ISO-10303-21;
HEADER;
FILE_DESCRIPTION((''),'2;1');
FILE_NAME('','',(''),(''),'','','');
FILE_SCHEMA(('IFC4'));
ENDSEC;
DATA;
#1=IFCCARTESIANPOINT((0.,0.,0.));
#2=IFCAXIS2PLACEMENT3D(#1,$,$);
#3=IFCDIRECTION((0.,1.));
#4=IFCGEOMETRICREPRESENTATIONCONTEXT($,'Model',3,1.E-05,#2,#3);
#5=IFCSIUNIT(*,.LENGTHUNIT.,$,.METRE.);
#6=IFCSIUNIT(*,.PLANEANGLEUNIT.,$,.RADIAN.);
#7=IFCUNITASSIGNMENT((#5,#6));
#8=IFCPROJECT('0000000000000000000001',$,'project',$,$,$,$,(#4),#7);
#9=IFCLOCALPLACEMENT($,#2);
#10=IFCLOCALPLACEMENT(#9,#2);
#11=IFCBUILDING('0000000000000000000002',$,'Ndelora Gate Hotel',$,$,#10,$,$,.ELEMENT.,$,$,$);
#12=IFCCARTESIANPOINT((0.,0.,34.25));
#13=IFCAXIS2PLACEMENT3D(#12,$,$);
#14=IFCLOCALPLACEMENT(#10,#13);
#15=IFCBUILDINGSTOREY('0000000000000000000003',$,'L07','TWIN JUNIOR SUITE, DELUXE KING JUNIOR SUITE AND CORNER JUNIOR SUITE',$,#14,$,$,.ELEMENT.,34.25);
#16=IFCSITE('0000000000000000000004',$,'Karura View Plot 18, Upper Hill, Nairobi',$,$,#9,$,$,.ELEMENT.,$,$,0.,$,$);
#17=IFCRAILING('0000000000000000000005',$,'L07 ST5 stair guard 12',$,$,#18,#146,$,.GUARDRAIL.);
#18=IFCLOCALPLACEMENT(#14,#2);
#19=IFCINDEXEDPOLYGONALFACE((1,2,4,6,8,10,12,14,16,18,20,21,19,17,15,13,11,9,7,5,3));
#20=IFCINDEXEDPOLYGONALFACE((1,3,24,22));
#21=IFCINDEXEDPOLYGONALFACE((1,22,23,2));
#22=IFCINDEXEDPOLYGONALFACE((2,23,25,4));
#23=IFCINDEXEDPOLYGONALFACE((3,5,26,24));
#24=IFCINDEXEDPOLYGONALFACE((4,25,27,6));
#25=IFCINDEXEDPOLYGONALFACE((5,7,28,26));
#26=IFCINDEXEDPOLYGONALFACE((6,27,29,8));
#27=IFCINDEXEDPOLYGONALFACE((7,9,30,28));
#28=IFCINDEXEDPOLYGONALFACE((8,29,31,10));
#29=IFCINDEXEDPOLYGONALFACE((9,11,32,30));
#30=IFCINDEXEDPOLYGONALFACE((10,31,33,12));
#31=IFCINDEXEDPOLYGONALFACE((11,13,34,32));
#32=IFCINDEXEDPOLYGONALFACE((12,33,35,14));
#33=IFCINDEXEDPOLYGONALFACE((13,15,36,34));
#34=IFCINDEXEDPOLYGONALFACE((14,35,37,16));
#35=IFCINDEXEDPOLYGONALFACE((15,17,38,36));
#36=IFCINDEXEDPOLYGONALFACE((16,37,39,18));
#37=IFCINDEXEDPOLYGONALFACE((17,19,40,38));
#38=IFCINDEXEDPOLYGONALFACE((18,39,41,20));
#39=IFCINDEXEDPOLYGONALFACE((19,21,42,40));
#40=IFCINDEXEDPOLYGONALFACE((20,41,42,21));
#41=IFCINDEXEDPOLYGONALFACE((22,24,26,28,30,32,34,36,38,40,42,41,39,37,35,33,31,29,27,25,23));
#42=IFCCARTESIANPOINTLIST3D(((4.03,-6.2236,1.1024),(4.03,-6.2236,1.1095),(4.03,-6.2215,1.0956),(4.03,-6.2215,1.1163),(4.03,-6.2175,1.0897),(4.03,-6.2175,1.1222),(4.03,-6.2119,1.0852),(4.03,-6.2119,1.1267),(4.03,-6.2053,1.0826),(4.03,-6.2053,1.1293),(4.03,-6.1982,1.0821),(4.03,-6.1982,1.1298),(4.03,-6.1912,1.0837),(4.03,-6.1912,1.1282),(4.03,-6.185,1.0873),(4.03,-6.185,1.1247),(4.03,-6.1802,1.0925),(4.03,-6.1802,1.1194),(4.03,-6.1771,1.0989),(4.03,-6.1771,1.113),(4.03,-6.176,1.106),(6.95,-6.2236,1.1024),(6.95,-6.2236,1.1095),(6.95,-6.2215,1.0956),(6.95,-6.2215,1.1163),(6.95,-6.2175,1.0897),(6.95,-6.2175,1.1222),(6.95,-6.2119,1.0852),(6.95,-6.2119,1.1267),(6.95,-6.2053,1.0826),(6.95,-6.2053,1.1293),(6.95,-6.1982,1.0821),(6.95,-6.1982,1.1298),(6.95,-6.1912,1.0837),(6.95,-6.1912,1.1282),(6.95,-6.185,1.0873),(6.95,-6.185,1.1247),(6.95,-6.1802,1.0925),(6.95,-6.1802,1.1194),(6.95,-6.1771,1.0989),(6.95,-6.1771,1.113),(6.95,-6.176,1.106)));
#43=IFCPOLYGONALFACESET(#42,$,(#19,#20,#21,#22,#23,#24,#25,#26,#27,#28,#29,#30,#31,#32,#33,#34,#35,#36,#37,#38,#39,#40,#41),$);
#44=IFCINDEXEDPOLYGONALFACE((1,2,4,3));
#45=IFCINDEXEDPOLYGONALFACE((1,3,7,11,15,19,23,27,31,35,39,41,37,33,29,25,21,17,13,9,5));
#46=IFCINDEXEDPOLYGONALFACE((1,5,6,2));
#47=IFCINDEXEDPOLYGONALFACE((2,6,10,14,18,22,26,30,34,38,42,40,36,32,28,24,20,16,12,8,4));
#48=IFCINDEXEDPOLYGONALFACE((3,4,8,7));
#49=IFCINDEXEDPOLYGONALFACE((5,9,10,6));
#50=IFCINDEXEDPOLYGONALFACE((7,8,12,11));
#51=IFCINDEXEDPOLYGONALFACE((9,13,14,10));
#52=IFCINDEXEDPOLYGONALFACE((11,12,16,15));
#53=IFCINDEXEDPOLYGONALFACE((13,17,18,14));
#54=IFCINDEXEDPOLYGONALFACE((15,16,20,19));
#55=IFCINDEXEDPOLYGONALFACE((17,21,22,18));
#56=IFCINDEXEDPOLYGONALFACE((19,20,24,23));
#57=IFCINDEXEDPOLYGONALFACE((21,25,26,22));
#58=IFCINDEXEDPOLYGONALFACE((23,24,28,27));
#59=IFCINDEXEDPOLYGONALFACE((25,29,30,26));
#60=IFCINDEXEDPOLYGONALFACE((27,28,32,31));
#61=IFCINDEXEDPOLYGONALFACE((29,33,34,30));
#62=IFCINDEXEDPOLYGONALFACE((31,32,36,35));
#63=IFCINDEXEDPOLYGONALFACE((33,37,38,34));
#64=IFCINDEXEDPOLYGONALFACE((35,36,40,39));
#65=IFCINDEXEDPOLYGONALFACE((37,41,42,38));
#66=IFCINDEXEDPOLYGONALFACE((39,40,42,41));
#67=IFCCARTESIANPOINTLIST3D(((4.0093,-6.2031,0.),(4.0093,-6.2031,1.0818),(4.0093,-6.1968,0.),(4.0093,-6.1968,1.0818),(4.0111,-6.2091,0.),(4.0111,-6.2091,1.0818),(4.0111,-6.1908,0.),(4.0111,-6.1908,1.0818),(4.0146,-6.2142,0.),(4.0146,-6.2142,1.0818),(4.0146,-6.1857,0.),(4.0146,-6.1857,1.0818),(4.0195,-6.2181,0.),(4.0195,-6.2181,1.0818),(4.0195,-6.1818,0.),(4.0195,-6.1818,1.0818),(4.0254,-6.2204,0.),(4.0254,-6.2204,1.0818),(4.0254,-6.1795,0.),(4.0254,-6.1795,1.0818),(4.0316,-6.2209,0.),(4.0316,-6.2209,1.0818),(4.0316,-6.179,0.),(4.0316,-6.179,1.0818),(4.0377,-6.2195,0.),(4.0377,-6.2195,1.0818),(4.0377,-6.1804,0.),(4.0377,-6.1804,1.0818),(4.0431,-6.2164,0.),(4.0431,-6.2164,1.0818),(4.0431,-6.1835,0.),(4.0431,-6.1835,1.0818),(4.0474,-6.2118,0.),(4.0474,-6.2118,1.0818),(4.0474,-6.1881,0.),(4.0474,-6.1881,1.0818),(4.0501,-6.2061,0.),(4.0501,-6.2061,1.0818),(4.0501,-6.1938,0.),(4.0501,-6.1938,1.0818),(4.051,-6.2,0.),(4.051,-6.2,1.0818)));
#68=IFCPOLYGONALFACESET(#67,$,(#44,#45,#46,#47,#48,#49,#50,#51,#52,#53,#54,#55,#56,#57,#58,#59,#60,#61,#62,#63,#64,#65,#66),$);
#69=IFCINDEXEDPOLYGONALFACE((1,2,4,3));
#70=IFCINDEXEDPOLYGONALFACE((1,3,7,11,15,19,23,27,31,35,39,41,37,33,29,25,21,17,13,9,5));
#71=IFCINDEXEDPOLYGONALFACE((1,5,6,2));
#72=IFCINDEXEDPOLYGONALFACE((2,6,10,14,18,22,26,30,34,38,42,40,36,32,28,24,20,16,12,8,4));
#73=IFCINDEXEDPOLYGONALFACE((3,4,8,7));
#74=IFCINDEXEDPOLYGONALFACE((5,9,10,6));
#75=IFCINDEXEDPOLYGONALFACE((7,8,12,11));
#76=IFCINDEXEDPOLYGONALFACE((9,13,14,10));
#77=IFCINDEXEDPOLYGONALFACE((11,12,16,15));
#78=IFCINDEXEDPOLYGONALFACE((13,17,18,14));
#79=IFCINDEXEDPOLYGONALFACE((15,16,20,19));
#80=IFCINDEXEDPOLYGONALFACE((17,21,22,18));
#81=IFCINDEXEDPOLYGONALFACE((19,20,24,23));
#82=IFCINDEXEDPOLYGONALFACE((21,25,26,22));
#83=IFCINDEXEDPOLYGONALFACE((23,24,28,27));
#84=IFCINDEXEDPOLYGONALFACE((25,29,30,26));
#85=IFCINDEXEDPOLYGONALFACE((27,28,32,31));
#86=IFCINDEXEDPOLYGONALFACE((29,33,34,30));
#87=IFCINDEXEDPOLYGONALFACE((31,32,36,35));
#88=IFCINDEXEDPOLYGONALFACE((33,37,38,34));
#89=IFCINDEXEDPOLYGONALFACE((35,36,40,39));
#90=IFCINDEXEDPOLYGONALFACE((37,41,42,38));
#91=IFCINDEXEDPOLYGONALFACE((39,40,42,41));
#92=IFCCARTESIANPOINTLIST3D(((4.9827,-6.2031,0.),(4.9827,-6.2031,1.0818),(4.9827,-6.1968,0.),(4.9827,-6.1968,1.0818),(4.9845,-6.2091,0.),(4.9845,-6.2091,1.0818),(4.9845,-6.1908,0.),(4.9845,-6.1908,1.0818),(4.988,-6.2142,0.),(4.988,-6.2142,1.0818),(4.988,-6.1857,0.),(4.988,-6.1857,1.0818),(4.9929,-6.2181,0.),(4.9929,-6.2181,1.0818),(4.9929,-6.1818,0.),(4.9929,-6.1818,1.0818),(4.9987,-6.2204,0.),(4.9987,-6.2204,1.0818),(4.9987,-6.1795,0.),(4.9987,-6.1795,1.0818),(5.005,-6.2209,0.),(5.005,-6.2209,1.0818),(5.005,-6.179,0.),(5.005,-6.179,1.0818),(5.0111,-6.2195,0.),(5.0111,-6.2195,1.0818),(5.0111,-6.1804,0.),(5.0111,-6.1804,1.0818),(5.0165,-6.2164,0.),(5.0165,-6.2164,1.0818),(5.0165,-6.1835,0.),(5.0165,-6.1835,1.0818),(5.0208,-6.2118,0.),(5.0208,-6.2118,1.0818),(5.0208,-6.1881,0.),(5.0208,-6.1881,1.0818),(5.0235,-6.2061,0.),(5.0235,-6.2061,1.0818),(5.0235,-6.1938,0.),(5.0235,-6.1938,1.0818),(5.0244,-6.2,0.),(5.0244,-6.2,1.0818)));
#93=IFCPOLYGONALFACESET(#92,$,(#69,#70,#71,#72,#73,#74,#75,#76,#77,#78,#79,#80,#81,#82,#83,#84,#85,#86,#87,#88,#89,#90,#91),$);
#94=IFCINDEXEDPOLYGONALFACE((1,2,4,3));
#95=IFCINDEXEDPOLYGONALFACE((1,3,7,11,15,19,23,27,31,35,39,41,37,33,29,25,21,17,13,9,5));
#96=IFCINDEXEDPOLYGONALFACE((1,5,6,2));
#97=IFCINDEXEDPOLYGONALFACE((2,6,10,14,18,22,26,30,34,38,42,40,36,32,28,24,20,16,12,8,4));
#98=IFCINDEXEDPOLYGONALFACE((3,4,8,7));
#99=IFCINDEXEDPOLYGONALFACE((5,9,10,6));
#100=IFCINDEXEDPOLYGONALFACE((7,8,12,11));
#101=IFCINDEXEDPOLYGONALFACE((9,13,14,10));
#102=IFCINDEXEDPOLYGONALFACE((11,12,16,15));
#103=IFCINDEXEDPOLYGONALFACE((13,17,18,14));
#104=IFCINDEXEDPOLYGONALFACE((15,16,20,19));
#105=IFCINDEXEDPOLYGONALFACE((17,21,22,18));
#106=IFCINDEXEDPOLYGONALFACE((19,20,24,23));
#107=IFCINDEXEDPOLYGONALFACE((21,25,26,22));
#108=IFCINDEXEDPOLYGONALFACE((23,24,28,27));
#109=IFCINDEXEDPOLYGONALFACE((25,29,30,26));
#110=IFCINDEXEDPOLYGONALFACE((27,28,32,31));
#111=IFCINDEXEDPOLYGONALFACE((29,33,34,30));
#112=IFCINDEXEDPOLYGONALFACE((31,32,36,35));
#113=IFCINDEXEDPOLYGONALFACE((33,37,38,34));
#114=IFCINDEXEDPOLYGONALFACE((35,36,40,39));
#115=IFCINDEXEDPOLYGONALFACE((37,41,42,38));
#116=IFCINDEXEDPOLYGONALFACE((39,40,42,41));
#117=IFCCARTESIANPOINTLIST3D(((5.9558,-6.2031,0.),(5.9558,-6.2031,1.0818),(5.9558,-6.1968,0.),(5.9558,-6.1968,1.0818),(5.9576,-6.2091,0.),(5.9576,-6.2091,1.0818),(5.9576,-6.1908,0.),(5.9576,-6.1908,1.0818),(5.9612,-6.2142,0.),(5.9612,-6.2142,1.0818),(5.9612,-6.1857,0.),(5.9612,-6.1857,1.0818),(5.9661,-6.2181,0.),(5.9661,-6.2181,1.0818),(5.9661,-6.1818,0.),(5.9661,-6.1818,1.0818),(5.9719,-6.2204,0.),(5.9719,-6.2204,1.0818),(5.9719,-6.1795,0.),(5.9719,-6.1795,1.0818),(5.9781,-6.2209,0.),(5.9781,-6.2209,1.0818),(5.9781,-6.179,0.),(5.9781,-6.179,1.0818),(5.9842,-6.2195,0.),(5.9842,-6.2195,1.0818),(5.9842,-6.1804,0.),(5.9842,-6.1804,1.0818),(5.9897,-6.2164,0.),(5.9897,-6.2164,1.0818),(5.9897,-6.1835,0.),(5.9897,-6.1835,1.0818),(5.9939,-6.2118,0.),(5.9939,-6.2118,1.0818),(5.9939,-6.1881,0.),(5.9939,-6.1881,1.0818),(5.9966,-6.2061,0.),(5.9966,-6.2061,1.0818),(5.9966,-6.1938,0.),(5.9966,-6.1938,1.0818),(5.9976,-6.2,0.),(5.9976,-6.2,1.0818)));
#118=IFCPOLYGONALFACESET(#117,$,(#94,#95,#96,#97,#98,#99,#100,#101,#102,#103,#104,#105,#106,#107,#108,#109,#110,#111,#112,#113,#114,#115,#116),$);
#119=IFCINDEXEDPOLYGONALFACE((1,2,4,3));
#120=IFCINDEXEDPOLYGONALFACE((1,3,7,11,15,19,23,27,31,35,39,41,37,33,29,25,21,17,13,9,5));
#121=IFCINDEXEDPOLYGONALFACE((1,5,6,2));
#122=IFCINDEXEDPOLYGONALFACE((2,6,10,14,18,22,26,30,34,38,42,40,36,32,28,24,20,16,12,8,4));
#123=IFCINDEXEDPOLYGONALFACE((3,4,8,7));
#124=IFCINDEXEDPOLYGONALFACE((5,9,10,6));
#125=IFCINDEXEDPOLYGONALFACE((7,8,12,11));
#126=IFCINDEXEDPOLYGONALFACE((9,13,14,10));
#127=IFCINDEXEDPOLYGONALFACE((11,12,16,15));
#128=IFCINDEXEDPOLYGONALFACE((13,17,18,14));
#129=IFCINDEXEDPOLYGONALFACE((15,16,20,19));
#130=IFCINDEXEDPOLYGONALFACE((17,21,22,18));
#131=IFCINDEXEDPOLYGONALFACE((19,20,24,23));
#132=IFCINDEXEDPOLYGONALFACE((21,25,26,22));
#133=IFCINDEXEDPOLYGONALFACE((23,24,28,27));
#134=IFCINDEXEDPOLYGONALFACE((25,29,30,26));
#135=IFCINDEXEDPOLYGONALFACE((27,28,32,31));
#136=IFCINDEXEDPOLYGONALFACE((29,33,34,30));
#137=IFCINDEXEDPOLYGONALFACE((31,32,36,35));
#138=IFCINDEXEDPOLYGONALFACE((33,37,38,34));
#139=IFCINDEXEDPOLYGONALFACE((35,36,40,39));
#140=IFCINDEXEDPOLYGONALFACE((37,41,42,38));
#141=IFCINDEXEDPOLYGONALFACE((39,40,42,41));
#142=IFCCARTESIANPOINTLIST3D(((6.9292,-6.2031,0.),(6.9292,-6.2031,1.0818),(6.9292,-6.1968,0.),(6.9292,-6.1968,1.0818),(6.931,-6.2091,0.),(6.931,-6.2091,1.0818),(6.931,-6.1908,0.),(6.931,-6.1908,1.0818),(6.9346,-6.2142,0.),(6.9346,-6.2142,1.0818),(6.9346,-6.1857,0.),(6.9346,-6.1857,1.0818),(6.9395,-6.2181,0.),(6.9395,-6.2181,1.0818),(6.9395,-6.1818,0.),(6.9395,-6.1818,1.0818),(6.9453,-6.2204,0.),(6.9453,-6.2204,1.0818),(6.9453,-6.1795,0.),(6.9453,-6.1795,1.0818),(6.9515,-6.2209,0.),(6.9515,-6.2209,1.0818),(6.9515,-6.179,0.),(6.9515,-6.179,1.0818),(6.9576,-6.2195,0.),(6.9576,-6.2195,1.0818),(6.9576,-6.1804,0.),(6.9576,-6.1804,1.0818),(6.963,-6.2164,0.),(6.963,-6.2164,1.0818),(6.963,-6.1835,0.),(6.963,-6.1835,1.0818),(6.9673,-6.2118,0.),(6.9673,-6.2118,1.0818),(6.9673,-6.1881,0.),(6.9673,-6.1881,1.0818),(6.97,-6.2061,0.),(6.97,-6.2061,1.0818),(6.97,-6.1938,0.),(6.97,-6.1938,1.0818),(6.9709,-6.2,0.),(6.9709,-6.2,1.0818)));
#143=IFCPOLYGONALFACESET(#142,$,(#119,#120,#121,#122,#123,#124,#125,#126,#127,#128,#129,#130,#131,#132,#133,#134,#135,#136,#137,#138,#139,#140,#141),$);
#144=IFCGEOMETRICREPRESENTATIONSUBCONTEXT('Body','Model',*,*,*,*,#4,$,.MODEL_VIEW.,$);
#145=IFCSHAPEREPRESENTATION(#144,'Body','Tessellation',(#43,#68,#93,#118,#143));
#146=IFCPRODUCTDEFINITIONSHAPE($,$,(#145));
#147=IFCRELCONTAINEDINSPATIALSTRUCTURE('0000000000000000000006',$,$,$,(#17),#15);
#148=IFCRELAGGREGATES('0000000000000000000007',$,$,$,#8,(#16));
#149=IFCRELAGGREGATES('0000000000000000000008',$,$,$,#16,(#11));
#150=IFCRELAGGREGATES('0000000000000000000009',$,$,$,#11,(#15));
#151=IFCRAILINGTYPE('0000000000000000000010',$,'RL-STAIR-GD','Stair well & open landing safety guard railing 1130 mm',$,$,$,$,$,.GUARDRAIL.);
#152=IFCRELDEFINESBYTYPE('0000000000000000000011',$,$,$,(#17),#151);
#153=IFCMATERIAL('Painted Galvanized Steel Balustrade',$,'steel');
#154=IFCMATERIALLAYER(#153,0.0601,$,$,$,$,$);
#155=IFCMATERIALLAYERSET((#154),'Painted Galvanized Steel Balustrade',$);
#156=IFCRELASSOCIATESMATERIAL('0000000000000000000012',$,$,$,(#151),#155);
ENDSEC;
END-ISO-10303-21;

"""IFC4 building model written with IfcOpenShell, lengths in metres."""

from ifc_helpers import new_model, si_unit, direction, frame, origin, origin_2d, place, context, subcontext, project, spatial, circle, extrude, material, layer, layer_set, type_object, element, save


model = new_model("IFC4")

# Units and contexts
model_context = context("Model", 3, precision=1e-05, world=origin(), true_north=direction((0.0, 1.0)))
body_context = subcontext(model_context, "Body", "Model", "MODEL_VIEW")
ifc_project = project(units=[si_unit("LENGTHUNIT", "METRE"), si_unit("PLANEANGLEUNIT", "RADIAN")], contexts=[model_context])

# Site, building, storey
site_placement = place(None, origin())
site = spatial("IfcSite", under=ifc_project, at=site_placement, Name="Karura View Plot 18, Upper Hill, Nairobi", CompositionType="ELEMENT", RefElevation=0.0)
building_placement = place(site_placement, origin())
building = spatial("IfcBuilding", under=site, at=building_placement, Name="Ndelora Gate Hotel", CompositionType="ELEMENT")
storey_placement = place(building_placement, frame((0.0, 0.0, 34.25)))
storey = spatial("IfcBuildingStorey", under=building, at=storey_placement, Name="L07", Description="TWIN JUNIOR SUITE, DELUXE KING JUNIOR SUITE AND CORNER JUNIOR SUITE", CompositionType="ELEMENT", Elevation=34.25)

# Railing
ifc_material_1 = material(Name="Painted Galvanized Steel Balustrade", Category="steel")
ifc_layer_1 = layer(ifc_material_1, 0.0601)
ifc_layer_set_1 = layer_set([ifc_layer_1], Name="Painted Galvanized Steel Balustrade")
railing_type_1 = type_object("IfcRailingType", Name="RL-STAIR-GD", Description="Stair well & open landing safety guard railing 1130 mm", PredefinedType="GUARDRAIL", material=ifc_layer_set_1)
railing_1_placement = place(storey_placement, frame((4.03, -6.2, 0.0)))
element("IfcRailing", 1, at=railing_1_placement, inside=storey, type_object=railing_type_1, Name="L07 ST5 stair guard 12", PredefinedType="GUARDRAIL", context=body_context, shape_type="SweptSolid", body=[
    extrude(circle(Radius=0.0239, at=origin_2d()), frame((0.0, 0.0, 1.106), z_axis=(1.0, 0.0, 0.0), x_axis=(0.0, 1.0, 0.0)), (0.0, 0.0, 1.0), 2.9199),
    extrude(circle(Radius=0.021, at=origin_2d()), origin(), (0.0, 0.0, 1.0), 1.0818),
    extrude(circle(Radius=0.021, at=origin_2d()), frame((0.9734, 0.0, 0.0)), (0.0, 0.0, 1.0), 1.0818),
    extrude(circle(Radius=0.021, at=origin_2d()), frame((1.9465, 0.0, 0.0)), (0.0, 0.0, 1.0), 1.0818),
    extrude(circle(Radius=0.021, at=origin_2d()), frame((2.9199, 0.0, 0.0)), (0.0, 0.0, 1.0), 1.0818),
])

save(model, "model.ifc")
